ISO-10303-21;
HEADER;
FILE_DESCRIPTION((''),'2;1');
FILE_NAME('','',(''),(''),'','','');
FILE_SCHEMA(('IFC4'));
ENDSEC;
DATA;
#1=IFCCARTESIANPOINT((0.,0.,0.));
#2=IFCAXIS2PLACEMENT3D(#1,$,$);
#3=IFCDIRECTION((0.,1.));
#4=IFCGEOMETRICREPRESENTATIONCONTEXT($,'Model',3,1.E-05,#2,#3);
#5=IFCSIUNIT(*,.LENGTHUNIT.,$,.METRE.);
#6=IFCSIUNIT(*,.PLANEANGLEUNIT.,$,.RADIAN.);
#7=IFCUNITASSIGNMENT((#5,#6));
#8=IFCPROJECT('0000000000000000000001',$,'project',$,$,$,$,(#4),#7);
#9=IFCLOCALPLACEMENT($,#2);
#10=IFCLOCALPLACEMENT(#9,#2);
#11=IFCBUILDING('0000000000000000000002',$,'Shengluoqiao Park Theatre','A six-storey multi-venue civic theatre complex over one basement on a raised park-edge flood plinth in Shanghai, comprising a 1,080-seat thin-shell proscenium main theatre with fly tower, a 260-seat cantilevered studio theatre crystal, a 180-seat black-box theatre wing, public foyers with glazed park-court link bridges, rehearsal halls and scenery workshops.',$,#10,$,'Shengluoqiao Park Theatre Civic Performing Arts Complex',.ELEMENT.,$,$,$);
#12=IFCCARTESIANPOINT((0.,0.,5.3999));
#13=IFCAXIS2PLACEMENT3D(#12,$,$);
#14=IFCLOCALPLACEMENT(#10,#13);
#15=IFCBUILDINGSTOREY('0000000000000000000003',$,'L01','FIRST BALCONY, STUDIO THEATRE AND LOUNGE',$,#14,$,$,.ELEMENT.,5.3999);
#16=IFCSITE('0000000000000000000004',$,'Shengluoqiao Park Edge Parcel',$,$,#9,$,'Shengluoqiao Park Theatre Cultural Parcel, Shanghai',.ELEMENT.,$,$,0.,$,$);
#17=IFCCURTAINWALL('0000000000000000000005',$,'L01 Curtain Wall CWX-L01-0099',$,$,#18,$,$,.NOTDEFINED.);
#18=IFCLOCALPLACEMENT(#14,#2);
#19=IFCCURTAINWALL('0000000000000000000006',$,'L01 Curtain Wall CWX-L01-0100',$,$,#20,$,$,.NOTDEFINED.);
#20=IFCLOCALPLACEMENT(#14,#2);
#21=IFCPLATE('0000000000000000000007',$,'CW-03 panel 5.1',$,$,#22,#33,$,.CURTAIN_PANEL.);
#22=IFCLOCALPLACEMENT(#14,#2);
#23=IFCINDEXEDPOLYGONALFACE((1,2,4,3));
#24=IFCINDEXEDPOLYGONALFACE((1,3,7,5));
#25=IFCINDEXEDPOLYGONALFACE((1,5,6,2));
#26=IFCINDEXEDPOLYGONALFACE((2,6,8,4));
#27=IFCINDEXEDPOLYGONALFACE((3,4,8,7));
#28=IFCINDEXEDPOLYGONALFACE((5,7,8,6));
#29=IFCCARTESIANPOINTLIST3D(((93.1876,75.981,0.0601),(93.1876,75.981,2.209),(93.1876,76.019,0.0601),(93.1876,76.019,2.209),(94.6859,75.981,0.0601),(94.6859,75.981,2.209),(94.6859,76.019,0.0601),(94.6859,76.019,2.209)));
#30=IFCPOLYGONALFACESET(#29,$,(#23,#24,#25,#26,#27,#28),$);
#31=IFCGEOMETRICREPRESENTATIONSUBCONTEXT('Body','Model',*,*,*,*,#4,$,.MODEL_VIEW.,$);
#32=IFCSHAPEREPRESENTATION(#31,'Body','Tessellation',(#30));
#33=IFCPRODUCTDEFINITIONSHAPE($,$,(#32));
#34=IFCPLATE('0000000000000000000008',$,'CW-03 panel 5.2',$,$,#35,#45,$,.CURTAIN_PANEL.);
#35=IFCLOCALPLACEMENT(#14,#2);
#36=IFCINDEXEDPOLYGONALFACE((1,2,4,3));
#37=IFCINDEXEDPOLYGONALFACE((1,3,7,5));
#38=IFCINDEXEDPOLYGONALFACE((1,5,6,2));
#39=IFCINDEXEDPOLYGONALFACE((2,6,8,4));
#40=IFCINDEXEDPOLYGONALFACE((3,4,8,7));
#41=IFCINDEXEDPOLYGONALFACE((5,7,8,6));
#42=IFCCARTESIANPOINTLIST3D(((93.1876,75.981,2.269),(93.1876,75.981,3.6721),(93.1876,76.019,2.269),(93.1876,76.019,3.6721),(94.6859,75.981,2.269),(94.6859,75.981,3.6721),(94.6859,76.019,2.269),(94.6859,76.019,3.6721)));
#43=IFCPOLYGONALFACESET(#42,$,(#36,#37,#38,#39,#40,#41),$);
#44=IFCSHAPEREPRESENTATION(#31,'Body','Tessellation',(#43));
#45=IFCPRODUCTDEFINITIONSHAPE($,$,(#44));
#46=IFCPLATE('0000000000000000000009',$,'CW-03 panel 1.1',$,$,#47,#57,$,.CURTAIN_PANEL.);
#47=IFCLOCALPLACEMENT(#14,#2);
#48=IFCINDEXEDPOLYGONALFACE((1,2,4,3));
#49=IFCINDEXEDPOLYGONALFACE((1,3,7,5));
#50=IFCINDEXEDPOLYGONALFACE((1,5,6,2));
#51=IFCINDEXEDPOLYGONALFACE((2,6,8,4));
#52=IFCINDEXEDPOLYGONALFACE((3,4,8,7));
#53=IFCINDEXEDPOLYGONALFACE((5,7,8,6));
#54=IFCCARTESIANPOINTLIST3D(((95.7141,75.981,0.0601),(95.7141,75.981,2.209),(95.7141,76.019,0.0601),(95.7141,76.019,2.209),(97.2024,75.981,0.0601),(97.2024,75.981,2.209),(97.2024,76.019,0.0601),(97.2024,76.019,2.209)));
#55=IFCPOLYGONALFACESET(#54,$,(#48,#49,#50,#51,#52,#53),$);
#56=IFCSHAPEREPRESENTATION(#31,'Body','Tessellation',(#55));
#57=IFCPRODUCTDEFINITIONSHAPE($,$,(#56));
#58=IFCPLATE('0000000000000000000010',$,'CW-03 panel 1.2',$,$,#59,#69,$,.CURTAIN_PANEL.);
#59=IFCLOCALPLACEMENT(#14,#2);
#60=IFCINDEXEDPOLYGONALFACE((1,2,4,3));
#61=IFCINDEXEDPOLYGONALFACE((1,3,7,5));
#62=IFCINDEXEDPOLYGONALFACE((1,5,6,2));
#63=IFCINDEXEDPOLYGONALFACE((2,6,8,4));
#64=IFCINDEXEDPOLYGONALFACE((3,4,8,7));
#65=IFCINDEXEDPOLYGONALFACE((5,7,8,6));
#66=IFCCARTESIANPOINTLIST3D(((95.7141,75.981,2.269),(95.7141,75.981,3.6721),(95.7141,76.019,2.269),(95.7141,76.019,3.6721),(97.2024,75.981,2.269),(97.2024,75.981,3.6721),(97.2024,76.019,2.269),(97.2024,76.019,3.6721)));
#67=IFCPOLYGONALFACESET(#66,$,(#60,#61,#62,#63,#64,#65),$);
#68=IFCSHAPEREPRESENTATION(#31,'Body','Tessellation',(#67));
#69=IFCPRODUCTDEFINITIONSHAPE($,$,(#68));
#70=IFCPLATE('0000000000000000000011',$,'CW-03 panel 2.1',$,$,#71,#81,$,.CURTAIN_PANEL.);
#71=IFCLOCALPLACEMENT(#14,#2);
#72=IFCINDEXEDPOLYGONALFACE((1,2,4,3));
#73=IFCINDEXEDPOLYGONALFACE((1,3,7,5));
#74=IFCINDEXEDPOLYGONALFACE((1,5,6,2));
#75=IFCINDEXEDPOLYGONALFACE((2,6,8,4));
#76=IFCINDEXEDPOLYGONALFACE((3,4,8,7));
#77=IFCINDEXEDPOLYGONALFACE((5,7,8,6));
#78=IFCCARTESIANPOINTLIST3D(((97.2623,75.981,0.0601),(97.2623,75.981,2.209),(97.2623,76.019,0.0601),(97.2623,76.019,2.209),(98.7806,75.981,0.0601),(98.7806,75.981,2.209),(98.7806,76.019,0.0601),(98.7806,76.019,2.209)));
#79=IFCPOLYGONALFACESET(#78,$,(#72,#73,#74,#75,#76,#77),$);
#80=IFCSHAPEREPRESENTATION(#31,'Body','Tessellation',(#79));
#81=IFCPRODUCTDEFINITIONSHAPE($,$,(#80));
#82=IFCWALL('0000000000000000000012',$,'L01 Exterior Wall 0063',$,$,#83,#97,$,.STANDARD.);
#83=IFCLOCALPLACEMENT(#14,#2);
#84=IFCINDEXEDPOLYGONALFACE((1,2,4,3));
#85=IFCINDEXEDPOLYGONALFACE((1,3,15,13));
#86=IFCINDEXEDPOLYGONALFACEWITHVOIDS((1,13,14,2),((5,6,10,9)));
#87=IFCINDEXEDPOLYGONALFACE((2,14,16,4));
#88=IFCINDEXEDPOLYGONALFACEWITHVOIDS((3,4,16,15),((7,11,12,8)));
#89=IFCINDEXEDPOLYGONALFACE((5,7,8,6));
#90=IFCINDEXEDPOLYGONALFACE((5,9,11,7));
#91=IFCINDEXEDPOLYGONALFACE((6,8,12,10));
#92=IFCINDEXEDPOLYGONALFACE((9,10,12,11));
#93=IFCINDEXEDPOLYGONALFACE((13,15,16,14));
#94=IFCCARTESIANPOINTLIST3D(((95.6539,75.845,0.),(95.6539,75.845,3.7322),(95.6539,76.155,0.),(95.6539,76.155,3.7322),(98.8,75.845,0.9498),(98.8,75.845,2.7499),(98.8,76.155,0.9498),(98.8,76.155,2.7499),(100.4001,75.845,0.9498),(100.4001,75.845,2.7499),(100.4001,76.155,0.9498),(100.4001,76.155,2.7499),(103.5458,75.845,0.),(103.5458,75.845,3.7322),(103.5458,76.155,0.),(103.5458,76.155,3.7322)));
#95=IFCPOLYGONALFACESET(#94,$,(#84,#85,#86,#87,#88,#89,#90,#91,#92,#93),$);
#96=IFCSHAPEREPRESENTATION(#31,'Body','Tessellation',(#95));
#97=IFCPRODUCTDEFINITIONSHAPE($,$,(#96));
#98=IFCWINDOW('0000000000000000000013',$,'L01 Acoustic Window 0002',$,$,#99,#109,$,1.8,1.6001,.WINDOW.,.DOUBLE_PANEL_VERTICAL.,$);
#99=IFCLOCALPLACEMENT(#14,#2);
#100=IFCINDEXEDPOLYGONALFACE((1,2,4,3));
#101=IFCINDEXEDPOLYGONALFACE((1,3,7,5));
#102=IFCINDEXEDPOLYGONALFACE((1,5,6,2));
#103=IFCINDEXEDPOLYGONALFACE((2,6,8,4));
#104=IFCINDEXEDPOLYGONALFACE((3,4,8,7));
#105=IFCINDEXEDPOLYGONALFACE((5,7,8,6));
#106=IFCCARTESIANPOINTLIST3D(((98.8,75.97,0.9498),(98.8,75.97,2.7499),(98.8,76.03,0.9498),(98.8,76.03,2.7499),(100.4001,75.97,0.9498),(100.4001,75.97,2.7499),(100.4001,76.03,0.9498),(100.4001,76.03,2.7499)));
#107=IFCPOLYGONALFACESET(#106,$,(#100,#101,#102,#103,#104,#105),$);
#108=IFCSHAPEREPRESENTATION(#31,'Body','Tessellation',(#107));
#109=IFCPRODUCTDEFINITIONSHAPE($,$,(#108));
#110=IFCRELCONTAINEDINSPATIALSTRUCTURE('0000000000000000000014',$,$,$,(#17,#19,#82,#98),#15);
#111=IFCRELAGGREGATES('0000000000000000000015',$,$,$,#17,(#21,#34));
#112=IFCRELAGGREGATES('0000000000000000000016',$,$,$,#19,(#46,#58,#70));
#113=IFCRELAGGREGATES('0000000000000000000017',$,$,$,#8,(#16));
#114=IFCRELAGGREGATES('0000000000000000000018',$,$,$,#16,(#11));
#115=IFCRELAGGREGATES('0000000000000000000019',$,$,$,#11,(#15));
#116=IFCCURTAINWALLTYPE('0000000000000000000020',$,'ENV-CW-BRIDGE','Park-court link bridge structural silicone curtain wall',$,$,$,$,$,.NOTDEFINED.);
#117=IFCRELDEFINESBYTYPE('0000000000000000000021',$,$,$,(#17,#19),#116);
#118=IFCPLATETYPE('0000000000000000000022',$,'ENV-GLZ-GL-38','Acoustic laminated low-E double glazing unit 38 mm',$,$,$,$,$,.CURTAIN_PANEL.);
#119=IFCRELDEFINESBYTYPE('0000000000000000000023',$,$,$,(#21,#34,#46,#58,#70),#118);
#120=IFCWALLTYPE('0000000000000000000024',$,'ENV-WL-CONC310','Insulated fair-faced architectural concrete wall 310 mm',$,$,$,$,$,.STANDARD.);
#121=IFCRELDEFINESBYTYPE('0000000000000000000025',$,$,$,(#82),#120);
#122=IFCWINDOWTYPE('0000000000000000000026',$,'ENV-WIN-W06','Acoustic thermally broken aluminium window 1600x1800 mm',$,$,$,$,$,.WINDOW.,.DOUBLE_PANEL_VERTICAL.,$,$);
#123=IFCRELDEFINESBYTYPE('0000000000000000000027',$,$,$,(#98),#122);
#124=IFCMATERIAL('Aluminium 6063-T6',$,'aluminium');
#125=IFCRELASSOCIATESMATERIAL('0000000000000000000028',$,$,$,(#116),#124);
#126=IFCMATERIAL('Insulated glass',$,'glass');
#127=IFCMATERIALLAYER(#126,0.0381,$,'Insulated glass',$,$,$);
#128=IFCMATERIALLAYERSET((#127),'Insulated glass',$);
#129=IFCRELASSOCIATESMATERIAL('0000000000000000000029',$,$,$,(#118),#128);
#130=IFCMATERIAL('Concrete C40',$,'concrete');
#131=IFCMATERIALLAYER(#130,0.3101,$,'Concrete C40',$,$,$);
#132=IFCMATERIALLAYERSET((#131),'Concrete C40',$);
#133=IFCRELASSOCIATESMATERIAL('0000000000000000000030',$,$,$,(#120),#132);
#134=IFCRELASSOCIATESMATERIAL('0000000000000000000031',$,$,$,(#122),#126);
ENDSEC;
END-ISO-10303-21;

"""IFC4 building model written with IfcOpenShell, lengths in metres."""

from ifc_helpers import new_model, si_unit, direction, frame, frame_2d, origin, origin_2d, place, context, subcontext, project, spatial, rectangle, extrude, material, layer, layer_set, type_object, element, fill, aggregate, save


model = new_model("IFC4")

# Units and contexts
model_context = context("Model", 3, precision=1e-05, world=origin(), true_north=direction((0.0, 1.0)))
body_context = subcontext(model_context, "Body", "Model", "MODEL_VIEW")
ifc_project = project(units=[si_unit("LENGTHUNIT", "METRE"), si_unit("PLANEANGLEUNIT", "RADIAN")], contexts=[model_context])

# Site, building, storey
site_placement = place(None, origin())
site = spatial("IfcSite", under=ifc_project, at=site_placement, Name="Shengluoqiao Park Edge Parcel", LongName="Shengluoqiao Park Theatre Cultural Parcel, Shanghai", CompositionType="ELEMENT", RefElevation=0.0)
building_placement = place(site_placement, origin())
building = spatial("IfcBuilding", under=site, at=building_placement, Name="Shengluoqiao Park Theatre", Description="A six-storey multi-venue civic theatre complex over one basement on a raised park-edge flood plinth in Shanghai, comprising a 1,080-seat thin-shell proscenium main theatre with fly tower, a 260-seat cantilevered studio theatre crystal, a 180-seat black-box theatre wing, public foyers with glazed park-court link bridges, rehearsal halls and scenery workshops.", LongName="Shengluoqiao Park Theatre Civic Performing Arts Complex", CompositionType="ELEMENT")
storey_placement = place(building_placement, frame((0.0, 0.0, 5.3999)))
storey = spatial("IfcBuildingStorey", under=building, at=storey_placement, Name="L01", Description="FIRST BALCONY, STUDIO THEATRE AND LOUNGE", CompositionType="ELEMENT", Elevation=5.3999)

# Curtain walls
ifc_material_1 = material(Name="Aluminium 6063-T6", Category="aluminium")
curtain_wall_type = type_object("IfcCurtainWallType", Name="ENV-CW-BRIDGE", Description="Park-court link bridge structural silicone curtain wall", PredefinedType="NOTDEFINED", material=ifc_material_1)
curtain_wall_1_placement = place(storey_placement, origin())
curtain_wall_1 = element("IfcCurtainWall", 1, at=curtain_wall_1_placement, inside=storey, type_object=curtain_wall_type, Name="L01 Curtain Wall CWX-L01-0099", PredefinedType="NOTDEFINED")
curtain_wall_2_placement = place(storey_placement, origin())
curtain_wall_2 = element("IfcCurtainWall", 2, at=curtain_wall_2_placement, inside=storey, type_object=curtain_wall_type, Name="L01 Curtain Wall CWX-L01-0100", PredefinedType="NOTDEFINED")

# Plates
ifc_material_2 = material(Name="Insulated glass", Category="glass")
ifc_layer_1 = layer(ifc_material_2, 0.0381, Name="Insulated glass")
ifc_layer_set_1 = layer_set([ifc_layer_1], Name="Insulated glass")
plate_type = type_object("IfcPlateType", Name="ENV-GLZ-GL-38", Description="Acoustic laminated low-E double glazing unit 38 mm", PredefinedType="CURTAIN_PANEL", material=ifc_layer_set_1)
plate_1_placement = place(storey_placement, frame((93.9368, 76.0, 0.0601), z_axis=(0.0, 0.0, 1.0), x_axis=(1.0, 0.0, 0.0)))
plate_1 = element("IfcPlate", 3, at=plate_1_placement, type_object=plate_type, Name="CW-03 panel 5.1", PredefinedType="CURTAIN_PANEL", context=body_context, shape_type="SweptSolid", body=[
    extrude(rectangle(XDim=1.4983, YDim=0.0381, at=origin_2d()), origin(), (0.0, 0.0, 1.0), 2.1489),
])
plate_2_placement = place(storey_placement, frame((93.9368, 76.0, 2.269), z_axis=(0.0, 0.0, 1.0), x_axis=(1.0, 0.0, 0.0)))
plate_2 = element("IfcPlate", 4, at=plate_2_placement, type_object=plate_type, Name="CW-03 panel 5.2", PredefinedType="CURTAIN_PANEL", context=body_context, shape_type="SweptSolid", body=[
    extrude(rectangle(XDim=1.4983, YDim=0.0381, at=origin_2d()), origin(), (0.0, 0.0, 1.0), 1.4031),
])
aggregate(curtain_wall_1, [plate_1, plate_2])
plate_3_placement = place(storey_placement, frame((96.4583, 76.0, 0.0601), z_axis=(0.0, 0.0, 1.0), x_axis=(1.0, 0.0, 0.0)))
plate_3 = element("IfcPlate", 5, at=plate_3_placement, type_object=plate_type, Name="CW-03 panel 1.1", PredefinedType="CURTAIN_PANEL", context=body_context, shape_type="SweptSolid", body=[
    extrude(rectangle(XDim=1.4883, YDim=0.0381, at=origin_2d()), origin(), (0.0, 0.0, 1.0), 2.1489),
])
plate_4_placement = place(storey_placement, frame((96.4583, 76.0, 2.269), z_axis=(0.0, 0.0, 1.0), x_axis=(1.0, 0.0, 0.0)))
plate_4 = element("IfcPlate", 6, at=plate_4_placement, type_object=plate_type, Name="CW-03 panel 1.2", PredefinedType="CURTAIN_PANEL", context=body_context, shape_type="SweptSolid", body=[
    extrude(rectangle(XDim=1.4883, YDim=0.0381, at=origin_2d()), origin(), (0.0, 0.0, 1.0), 1.4031),
])
plate_5_placement = place(storey_placement, frame((98.0215, 76.0, 0.0601), z_axis=(0.0, 0.0, 1.0), x_axis=(1.0, 0.0, 0.0)))
plate_5 = element("IfcPlate", 7, at=plate_5_placement, type_object=plate_type, Name="CW-03 panel 2.1", PredefinedType="CURTAIN_PANEL", context=body_context, shape_type="SweptSolid", body=[
    extrude(rectangle(XDim=1.5183, YDim=0.0381, at=origin_2d()), origin(), (0.0, 0.0, 1.0), 2.1489),
])
aggregate(curtain_wall_2, [plate_3, plate_4, plate_5])

# Wall, opening, window
ifc_material_3 = material(Name="Concrete C40", Category="concrete")
ifc_layer_2 = layer(ifc_material_3, 0.3101, Name="Concrete C40")
ifc_layer_set_2 = layer_set([ifc_layer_2], Name="Concrete C40")
wall_type = type_object("IfcWallType", Name="ENV-WL-CONC310", Description="Insulated fair-faced architectural concrete wall 310 mm", PredefinedType="STANDARD", material=ifc_layer_set_2)
wall_placement = place(storey_placement, frame((95.6541, 76.0, 0.0), z_axis=(0.0, 0.0, 1.0), x_axis=(1.0, 0.0, 0.0)))
wall = element("IfcWall", 8, at=wall_placement, inside=storey, type_object=wall_type, Name="L01 Exterior Wall 0063", PredefinedType="STANDARD", context=body_context, shape_type="SweptSolid", body=[
    extrude(rectangle(XDim=7.8918, YDim=0.3101, at=frame_2d((3.9458, 0.0))), origin(), (0.0, 0.0, 1.0), 3.7322),
])
opening_placement = place(wall_placement, frame((3.146, 0.0, 0.95)))
opening = element("IfcOpeningElement", 9, at=opening_placement, cuts=wall, PredefinedType="OPENING", context=body_context, shape_type="SweptSolid", body=[
    extrude(rectangle(XDim=1.6001, YDim=1.8, at=frame_2d((0.8, 0.8999))), frame((0.0, 0.165, 0.0), z_axis=(0.0, -1.0, 0.0), x_axis=(1.0, 0.0, 0.0)), (0.0, 0.0, 1.0), 0.3301),
])
window_type = type_object("IfcWindowType", Name="ENV-WIN-W06", Description="Acoustic thermally broken aluminium window 1600x1800 mm", PartitioningType="DOUBLE_PANEL_VERTICAL", PredefinedType="WINDOW", material=ifc_material_2)
window_placement = place(opening_placement, origin())
window = element("IfcWindow", 10, at=window_placement, inside=storey, type_object=window_type, Name="L01 Acoustic Window 0002", OverallHeight=1.8, OverallWidth=1.6001, PartitioningType="DOUBLE_PANEL_VERTICAL", PredefinedType="WINDOW", context=body_context, shape_type="SweptSolid", body=[
    extrude(rectangle(XDim=1.6001, YDim=1.8, at=frame_2d((0.8, 0.8999))), frame((0.0, 0.03, 0.0), z_axis=(0.0, -1.0, 0.0), x_axis=(1.0, 0.0, 0.0)), (0.0, 0.0, 1.0), 0.0601),
])
fill(opening, window)

save(model, "model.ifc")
